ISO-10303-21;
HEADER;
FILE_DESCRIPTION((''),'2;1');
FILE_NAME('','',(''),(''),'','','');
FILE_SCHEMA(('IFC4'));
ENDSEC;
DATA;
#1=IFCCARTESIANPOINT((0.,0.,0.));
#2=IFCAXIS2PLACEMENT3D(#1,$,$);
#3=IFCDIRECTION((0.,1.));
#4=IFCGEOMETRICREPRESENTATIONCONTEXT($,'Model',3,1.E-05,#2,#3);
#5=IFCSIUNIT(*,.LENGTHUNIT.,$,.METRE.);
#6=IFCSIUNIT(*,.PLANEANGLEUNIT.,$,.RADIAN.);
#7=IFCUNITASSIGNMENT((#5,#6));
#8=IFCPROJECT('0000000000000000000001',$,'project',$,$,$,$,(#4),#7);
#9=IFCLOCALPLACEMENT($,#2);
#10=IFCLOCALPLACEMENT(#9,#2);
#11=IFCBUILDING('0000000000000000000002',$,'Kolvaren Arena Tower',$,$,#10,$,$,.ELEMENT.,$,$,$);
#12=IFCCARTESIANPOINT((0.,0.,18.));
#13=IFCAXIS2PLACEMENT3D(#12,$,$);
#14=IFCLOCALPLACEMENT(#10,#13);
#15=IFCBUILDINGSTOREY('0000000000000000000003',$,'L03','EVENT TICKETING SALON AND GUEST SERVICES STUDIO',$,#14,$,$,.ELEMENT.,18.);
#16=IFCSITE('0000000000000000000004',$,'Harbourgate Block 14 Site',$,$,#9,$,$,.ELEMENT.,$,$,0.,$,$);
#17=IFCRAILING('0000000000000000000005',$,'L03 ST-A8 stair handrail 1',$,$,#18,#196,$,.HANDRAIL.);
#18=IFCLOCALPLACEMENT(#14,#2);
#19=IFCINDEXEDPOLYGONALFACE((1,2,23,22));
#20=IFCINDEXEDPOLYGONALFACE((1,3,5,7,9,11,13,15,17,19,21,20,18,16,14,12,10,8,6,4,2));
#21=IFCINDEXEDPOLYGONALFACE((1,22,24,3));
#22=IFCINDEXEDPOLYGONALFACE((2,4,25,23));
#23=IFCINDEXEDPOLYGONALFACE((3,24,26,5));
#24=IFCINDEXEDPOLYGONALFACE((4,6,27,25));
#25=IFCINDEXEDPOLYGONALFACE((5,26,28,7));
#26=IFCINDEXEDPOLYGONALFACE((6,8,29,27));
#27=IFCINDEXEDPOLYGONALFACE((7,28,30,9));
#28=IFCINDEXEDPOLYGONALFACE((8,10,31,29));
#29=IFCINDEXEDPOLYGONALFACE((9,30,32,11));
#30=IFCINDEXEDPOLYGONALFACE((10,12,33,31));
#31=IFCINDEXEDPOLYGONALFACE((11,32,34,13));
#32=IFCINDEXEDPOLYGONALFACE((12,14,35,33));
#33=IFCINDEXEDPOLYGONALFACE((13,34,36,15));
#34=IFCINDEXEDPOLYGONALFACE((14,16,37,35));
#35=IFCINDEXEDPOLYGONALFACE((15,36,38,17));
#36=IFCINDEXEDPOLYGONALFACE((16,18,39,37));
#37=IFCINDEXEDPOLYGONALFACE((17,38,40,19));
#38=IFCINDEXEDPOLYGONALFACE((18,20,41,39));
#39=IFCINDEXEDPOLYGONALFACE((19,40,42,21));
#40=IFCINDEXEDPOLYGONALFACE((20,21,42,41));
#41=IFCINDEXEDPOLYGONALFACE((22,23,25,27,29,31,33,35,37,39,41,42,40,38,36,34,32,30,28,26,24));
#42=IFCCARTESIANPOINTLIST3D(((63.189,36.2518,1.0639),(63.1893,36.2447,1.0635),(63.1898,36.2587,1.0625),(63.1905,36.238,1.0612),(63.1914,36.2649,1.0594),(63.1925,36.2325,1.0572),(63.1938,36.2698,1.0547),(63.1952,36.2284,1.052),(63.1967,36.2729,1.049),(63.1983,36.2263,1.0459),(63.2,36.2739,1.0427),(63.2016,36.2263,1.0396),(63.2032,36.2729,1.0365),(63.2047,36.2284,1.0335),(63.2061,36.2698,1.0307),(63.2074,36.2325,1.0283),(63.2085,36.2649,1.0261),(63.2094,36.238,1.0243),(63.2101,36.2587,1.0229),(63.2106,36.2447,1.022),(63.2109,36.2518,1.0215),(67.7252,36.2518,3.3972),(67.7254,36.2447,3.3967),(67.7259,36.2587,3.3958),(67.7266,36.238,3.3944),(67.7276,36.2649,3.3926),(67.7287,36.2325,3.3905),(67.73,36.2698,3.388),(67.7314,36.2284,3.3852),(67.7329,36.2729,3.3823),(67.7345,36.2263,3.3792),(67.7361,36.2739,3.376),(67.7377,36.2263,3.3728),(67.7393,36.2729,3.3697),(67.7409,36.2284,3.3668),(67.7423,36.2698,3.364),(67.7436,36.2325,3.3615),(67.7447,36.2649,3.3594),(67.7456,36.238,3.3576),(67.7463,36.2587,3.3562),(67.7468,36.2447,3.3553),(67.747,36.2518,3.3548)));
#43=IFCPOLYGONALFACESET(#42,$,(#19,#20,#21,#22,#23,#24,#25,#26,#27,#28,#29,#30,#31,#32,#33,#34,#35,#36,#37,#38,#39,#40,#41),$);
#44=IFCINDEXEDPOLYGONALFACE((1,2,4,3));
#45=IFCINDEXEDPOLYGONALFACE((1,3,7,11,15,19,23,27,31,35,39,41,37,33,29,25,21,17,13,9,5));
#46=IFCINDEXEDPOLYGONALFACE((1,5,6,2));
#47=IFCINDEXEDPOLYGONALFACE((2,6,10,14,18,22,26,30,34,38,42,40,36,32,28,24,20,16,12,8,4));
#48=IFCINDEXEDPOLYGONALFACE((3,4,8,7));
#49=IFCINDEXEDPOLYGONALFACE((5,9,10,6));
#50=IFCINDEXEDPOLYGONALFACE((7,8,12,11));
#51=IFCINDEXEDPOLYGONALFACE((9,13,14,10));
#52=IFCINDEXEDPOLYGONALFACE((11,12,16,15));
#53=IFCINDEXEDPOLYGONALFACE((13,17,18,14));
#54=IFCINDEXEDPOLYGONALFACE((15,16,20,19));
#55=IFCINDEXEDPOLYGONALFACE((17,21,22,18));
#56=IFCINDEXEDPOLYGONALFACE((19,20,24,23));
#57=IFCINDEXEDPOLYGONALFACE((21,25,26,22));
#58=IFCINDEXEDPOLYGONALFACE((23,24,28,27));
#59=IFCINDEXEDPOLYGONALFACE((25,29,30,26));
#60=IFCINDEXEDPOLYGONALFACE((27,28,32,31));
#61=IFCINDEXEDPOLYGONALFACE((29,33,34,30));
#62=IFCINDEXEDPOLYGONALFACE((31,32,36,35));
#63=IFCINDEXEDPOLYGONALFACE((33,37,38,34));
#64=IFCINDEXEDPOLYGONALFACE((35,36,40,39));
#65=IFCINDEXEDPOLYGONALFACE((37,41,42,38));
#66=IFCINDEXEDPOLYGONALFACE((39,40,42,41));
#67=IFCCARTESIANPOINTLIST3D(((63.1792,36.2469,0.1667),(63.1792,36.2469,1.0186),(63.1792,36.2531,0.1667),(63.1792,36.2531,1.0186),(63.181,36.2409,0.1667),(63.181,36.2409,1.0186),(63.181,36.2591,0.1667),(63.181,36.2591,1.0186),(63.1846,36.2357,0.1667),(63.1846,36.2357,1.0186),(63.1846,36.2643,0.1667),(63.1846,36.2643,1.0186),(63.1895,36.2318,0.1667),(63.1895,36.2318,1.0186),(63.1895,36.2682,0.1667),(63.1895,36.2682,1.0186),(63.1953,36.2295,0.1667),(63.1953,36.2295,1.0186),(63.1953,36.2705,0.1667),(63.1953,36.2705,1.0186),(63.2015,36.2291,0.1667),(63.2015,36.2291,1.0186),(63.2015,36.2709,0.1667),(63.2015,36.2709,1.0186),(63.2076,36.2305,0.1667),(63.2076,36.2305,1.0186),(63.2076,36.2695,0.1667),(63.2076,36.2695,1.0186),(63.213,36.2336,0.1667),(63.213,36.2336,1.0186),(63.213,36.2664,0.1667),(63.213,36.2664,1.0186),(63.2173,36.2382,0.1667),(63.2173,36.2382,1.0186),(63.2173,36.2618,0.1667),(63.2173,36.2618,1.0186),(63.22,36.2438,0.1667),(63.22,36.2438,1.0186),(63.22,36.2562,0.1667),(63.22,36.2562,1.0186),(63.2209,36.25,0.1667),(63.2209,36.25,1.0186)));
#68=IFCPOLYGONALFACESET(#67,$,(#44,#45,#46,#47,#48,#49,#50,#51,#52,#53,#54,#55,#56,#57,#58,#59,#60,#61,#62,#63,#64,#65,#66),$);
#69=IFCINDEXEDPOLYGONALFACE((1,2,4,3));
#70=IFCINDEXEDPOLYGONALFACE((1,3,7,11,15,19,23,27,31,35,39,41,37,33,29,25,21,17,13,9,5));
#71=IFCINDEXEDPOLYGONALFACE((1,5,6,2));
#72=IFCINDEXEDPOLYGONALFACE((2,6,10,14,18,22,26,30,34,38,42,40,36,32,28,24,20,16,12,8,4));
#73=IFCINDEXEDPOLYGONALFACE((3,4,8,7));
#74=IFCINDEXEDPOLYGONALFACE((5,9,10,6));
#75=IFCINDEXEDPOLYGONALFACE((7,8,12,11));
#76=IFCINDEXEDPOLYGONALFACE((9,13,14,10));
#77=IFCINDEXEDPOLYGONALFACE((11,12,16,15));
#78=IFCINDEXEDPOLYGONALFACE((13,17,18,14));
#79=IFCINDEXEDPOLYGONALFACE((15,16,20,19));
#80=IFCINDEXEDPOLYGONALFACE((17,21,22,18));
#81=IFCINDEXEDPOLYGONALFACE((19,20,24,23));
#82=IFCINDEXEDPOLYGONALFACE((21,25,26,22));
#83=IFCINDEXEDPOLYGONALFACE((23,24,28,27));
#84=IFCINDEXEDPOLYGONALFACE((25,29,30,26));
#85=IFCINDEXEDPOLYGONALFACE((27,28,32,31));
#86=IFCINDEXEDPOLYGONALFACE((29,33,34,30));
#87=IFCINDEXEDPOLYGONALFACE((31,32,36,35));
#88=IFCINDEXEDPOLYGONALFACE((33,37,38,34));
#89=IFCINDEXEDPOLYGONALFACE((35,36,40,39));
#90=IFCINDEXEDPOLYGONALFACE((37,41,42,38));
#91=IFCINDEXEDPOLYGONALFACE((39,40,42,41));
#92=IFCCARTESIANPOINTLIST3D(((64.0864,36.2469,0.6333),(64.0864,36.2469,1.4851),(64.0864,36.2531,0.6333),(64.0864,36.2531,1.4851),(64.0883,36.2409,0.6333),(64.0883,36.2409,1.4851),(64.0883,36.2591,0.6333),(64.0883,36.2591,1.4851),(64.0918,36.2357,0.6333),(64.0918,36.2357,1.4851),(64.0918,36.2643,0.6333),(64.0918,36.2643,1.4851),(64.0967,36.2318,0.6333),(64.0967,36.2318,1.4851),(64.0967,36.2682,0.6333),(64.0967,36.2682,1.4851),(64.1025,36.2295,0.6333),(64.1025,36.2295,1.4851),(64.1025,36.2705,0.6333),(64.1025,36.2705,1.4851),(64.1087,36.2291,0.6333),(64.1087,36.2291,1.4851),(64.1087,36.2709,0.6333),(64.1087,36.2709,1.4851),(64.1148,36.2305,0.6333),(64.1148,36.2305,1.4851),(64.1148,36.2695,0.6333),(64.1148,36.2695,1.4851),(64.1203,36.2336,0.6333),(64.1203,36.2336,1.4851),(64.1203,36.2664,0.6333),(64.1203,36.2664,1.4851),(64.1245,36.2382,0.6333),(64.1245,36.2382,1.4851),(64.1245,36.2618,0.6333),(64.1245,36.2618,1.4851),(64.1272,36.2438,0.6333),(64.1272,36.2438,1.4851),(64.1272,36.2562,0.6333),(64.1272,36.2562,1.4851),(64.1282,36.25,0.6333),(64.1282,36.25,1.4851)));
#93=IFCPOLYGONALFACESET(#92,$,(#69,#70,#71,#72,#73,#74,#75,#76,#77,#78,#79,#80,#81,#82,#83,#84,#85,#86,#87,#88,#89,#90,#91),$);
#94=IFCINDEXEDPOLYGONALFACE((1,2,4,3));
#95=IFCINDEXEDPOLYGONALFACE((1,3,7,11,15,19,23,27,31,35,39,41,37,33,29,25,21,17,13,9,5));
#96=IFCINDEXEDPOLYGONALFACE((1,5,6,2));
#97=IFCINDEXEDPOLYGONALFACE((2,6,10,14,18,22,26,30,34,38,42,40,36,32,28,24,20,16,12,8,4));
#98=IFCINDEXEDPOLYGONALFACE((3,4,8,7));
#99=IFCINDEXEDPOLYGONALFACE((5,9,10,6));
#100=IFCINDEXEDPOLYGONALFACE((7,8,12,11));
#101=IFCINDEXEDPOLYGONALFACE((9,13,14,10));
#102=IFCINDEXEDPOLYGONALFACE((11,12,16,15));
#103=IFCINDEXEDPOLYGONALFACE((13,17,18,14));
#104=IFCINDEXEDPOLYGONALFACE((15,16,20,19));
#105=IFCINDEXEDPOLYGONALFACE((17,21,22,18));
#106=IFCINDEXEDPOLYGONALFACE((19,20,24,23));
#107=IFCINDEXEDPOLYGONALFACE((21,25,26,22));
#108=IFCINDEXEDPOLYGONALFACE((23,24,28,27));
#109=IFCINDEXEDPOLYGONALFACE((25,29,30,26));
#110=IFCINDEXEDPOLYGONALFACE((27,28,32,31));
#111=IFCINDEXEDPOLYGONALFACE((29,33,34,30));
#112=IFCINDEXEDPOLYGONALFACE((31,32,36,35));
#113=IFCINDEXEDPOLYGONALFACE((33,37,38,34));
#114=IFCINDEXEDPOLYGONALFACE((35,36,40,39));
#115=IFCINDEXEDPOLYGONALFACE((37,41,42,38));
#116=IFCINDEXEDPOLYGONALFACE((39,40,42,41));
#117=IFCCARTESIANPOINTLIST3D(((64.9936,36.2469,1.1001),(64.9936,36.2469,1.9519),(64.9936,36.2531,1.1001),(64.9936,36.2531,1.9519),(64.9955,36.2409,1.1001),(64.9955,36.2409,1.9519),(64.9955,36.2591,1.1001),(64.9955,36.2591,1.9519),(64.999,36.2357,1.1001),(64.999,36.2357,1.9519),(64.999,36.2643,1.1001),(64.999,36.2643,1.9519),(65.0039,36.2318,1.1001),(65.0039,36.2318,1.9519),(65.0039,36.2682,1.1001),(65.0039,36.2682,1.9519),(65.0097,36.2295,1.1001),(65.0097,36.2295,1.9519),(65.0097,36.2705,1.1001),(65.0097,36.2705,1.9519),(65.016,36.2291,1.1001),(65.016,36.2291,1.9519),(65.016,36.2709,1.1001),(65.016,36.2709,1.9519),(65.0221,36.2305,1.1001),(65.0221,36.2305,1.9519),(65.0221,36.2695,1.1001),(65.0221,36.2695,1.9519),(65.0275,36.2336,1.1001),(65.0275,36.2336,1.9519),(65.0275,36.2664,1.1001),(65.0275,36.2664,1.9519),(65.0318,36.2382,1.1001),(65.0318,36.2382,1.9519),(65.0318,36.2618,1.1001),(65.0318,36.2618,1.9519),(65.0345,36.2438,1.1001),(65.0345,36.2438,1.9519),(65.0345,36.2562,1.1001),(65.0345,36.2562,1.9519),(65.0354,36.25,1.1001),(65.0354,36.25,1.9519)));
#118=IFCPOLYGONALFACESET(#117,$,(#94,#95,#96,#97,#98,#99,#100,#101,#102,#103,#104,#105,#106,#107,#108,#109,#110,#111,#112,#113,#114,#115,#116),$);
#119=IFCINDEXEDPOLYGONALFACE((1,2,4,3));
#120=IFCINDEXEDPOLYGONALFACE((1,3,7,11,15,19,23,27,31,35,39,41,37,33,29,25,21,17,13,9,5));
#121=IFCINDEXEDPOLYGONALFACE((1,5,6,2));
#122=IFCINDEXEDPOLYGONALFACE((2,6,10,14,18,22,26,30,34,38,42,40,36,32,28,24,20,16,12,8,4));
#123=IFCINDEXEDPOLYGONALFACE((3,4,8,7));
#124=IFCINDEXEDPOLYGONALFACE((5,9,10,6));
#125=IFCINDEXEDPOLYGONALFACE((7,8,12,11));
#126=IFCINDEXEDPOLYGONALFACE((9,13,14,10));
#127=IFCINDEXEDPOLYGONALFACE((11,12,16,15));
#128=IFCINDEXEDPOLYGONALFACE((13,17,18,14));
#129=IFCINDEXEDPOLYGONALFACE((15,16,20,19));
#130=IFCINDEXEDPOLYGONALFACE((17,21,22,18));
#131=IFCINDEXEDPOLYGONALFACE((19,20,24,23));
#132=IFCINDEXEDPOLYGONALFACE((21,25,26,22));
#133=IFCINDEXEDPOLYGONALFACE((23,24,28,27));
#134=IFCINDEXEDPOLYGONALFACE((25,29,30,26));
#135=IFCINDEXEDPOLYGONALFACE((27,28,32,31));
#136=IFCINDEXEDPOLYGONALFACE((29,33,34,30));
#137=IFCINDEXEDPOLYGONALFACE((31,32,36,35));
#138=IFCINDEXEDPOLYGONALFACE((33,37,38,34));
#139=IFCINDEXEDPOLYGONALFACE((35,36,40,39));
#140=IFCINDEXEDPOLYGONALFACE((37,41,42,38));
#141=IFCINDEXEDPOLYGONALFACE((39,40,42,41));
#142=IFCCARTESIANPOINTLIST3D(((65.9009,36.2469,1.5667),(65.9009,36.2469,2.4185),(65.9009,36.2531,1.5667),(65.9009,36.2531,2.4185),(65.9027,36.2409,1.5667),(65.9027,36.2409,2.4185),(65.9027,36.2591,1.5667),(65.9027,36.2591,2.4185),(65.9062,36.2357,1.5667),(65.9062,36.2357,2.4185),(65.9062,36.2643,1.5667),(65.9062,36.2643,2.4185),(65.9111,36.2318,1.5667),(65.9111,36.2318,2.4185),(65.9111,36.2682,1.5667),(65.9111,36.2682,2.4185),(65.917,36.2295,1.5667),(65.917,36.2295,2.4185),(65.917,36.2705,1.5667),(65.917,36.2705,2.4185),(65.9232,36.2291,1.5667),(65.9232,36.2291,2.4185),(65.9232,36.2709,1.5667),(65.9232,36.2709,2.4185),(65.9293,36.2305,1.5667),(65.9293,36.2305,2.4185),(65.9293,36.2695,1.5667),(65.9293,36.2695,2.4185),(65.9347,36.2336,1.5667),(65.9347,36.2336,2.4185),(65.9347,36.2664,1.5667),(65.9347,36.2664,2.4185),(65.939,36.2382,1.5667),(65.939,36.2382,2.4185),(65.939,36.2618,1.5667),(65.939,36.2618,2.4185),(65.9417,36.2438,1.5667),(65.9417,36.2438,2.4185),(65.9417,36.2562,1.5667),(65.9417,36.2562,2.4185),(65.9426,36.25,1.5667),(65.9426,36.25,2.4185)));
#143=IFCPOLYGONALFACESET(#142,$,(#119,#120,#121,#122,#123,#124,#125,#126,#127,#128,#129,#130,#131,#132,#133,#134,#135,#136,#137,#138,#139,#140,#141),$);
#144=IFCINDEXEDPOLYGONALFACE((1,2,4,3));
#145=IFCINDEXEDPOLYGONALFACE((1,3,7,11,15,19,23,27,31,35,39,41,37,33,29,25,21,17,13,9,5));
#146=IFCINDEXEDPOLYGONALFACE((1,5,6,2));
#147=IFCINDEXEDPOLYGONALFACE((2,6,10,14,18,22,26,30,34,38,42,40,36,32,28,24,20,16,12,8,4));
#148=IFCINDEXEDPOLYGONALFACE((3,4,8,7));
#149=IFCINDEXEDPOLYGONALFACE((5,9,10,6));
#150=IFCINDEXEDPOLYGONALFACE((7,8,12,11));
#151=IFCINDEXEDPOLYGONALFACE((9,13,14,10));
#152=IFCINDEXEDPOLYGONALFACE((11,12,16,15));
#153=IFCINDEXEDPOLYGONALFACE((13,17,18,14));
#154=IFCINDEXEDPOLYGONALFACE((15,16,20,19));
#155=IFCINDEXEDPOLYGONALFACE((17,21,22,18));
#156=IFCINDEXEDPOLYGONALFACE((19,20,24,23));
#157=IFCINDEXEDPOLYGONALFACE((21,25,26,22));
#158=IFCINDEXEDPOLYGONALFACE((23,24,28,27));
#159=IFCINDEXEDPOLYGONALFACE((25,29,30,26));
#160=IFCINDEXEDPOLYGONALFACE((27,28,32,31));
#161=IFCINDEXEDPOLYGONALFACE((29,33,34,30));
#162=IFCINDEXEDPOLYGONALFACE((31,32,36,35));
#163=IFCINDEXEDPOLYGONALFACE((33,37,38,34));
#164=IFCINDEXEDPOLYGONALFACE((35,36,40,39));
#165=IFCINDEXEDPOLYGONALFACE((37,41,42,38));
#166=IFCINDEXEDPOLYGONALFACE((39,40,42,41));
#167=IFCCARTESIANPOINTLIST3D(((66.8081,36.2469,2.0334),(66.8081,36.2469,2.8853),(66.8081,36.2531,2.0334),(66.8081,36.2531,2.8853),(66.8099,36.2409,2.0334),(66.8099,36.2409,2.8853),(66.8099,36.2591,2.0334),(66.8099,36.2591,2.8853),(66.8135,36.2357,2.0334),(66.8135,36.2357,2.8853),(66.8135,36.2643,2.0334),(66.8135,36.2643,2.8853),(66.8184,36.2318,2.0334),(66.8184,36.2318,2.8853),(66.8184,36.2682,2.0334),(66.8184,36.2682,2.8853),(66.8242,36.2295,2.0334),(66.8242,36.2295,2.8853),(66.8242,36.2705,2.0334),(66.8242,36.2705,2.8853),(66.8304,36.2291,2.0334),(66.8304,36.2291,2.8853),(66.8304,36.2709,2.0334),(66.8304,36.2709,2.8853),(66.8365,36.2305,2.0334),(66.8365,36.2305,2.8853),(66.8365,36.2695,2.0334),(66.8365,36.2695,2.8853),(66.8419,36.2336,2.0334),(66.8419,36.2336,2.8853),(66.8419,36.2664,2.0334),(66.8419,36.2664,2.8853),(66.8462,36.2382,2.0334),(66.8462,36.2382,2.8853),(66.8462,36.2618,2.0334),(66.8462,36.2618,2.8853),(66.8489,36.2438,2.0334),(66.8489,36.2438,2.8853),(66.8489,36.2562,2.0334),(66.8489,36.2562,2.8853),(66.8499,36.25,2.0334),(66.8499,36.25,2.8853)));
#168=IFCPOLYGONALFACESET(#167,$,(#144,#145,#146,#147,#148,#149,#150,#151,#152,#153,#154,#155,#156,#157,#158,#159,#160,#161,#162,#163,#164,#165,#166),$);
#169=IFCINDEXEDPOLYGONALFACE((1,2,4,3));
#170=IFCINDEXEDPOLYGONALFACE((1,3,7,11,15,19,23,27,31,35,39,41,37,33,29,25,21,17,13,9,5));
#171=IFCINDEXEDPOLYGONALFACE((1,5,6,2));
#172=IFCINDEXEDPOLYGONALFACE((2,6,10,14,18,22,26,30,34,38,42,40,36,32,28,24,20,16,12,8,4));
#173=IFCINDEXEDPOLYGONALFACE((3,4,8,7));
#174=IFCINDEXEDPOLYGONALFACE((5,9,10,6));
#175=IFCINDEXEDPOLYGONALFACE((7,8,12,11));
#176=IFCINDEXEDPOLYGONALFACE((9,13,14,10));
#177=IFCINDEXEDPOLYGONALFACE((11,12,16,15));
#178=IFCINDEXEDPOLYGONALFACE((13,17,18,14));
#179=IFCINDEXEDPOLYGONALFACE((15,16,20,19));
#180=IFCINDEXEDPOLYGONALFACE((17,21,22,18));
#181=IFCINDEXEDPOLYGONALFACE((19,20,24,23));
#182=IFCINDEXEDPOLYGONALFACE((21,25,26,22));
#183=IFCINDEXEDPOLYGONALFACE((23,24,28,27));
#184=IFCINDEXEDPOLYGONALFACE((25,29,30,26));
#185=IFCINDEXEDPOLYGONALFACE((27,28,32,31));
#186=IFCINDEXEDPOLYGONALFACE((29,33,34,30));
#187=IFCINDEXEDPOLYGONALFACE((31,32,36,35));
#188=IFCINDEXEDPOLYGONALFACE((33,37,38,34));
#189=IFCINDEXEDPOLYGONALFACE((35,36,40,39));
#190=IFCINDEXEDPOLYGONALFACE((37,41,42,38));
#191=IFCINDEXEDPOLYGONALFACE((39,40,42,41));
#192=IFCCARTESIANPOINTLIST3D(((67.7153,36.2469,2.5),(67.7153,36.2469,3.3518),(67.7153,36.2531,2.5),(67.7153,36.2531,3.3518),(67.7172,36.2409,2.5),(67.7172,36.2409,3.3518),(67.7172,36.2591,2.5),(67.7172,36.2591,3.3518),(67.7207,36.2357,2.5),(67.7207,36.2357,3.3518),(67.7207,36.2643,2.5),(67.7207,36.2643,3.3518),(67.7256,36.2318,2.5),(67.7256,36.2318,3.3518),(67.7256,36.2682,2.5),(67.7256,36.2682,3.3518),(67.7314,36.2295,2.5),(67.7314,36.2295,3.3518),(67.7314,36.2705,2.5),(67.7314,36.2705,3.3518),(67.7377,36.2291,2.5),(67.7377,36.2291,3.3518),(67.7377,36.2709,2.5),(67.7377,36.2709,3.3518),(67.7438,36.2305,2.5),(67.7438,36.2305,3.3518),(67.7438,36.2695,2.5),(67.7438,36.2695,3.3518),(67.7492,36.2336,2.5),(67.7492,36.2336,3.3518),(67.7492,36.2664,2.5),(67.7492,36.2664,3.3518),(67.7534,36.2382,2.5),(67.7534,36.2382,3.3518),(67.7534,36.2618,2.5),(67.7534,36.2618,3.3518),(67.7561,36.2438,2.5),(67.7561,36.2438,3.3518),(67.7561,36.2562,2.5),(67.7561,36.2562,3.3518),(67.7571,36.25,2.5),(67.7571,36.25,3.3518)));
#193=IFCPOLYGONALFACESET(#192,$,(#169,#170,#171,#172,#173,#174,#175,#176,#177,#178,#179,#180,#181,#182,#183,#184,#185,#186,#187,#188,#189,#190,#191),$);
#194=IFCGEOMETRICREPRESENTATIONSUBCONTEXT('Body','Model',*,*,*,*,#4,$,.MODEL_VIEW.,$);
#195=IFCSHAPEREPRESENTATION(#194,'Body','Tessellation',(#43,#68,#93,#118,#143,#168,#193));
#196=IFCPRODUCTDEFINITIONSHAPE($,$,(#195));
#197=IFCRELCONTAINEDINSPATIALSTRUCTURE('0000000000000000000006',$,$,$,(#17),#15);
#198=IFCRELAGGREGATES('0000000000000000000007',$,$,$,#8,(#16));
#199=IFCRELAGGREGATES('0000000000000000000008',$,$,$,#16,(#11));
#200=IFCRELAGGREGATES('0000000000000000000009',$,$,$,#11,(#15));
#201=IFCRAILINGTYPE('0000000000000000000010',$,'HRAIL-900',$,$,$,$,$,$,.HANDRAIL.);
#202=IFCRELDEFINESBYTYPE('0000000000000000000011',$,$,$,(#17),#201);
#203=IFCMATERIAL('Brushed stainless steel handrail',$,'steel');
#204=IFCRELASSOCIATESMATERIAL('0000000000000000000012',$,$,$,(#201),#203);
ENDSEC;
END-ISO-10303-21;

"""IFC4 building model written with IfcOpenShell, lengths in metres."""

from ifc_helpers import new_model, si_unit, direction, frame, origin, origin_2d, place, context, subcontext, project, spatial, circle, extrude, material, type_object, element, save


model = new_model("IFC4")

# Units and contexts
model_context = context("Model", 3, precision=1e-05, world=origin(), true_north=direction((0.0, 1.0)))
body_context = subcontext(model_context, "Body", "Model", "MODEL_VIEW")
ifc_project = project(units=[si_unit("LENGTHUNIT", "METRE"), si_unit("PLANEANGLEUNIT", "RADIAN")], contexts=[model_context])

# Site, building, storey
site_placement = place(None, origin())
site = spatial("IfcSite", under=ifc_project, at=site_placement, Name="Harbourgate Block 14 Site", CompositionType="ELEMENT", RefElevation=0.0)
building_placement = place(site_placement, origin())
building = spatial("IfcBuilding", under=site, at=building_placement, Name="Kolvaren Arena Tower", CompositionType="ELEMENT")
storey_placement = place(building_placement, frame((0.0, 0.0, 18.0)))
storey = spatial("IfcBuildingStorey", under=building, at=storey_placement, Name="L03", Description="EVENT TICKETING SALON AND GUEST SERVICES STUDIO", CompositionType="ELEMENT", Elevation=18.0)

# Railing
ifc_material_1 = material(Name="Brushed stainless steel handrail", Category="steel")
railing_type_1 = type_object("IfcRailingType", Name="HRAIL-900", PredefinedType="HANDRAIL", material=ifc_material_1)
railing_1_placement = place(storey_placement, frame((63.2, 36.25, 0.1667)))
element("IfcRailing", 1, at=railing_1_placement, inside=storey, type_object=railing_type_1, Name="L03 ST-A8 stair handrail 1", PredefinedType="HANDRAIL", context=body_context, shape_type="SweptSolid", body=[
    extrude(circle(Radius=0.0239, at=origin_2d()), frame((0.0, 0.0, 0.876), z_axis=(0.889257, 0.0, 0.457407), x_axis=(0.0, 1.0, 0.0)), (0.0, 0.0, 1.0), 5.1011),
    extrude(circle(Radius=0.021, at=origin_2d()), origin(), (0.0, 0.0, 1.0), 0.8518),
    extrude(circle(Radius=0.021, at=origin_2d()), frame((0.9072, 0.0, 0.4666)), (0.0, 0.0, 1.0), 0.8518),
    extrude(circle(Radius=0.021, at=origin_2d()), frame((1.8145, 0.0, 0.9333)), (0.0, 0.0, 1.0), 0.8518),
    extrude(circle(Radius=0.021, at=origin_2d()), frame((2.7217, 0.0, 1.3999)), (0.0, 0.0, 1.0), 0.8518),
    extrude(circle(Radius=0.021, at=origin_2d()), frame((3.6289, 0.0, 1.8667)), (0.0, 0.0, 1.0), 0.8518),
    extrude(circle(Radius=0.021, at=origin_2d()), frame((4.5361, 0.0, 2.3333)), (0.0, 0.0, 1.0), 0.8518),
])

save(model, "model.ifc")
